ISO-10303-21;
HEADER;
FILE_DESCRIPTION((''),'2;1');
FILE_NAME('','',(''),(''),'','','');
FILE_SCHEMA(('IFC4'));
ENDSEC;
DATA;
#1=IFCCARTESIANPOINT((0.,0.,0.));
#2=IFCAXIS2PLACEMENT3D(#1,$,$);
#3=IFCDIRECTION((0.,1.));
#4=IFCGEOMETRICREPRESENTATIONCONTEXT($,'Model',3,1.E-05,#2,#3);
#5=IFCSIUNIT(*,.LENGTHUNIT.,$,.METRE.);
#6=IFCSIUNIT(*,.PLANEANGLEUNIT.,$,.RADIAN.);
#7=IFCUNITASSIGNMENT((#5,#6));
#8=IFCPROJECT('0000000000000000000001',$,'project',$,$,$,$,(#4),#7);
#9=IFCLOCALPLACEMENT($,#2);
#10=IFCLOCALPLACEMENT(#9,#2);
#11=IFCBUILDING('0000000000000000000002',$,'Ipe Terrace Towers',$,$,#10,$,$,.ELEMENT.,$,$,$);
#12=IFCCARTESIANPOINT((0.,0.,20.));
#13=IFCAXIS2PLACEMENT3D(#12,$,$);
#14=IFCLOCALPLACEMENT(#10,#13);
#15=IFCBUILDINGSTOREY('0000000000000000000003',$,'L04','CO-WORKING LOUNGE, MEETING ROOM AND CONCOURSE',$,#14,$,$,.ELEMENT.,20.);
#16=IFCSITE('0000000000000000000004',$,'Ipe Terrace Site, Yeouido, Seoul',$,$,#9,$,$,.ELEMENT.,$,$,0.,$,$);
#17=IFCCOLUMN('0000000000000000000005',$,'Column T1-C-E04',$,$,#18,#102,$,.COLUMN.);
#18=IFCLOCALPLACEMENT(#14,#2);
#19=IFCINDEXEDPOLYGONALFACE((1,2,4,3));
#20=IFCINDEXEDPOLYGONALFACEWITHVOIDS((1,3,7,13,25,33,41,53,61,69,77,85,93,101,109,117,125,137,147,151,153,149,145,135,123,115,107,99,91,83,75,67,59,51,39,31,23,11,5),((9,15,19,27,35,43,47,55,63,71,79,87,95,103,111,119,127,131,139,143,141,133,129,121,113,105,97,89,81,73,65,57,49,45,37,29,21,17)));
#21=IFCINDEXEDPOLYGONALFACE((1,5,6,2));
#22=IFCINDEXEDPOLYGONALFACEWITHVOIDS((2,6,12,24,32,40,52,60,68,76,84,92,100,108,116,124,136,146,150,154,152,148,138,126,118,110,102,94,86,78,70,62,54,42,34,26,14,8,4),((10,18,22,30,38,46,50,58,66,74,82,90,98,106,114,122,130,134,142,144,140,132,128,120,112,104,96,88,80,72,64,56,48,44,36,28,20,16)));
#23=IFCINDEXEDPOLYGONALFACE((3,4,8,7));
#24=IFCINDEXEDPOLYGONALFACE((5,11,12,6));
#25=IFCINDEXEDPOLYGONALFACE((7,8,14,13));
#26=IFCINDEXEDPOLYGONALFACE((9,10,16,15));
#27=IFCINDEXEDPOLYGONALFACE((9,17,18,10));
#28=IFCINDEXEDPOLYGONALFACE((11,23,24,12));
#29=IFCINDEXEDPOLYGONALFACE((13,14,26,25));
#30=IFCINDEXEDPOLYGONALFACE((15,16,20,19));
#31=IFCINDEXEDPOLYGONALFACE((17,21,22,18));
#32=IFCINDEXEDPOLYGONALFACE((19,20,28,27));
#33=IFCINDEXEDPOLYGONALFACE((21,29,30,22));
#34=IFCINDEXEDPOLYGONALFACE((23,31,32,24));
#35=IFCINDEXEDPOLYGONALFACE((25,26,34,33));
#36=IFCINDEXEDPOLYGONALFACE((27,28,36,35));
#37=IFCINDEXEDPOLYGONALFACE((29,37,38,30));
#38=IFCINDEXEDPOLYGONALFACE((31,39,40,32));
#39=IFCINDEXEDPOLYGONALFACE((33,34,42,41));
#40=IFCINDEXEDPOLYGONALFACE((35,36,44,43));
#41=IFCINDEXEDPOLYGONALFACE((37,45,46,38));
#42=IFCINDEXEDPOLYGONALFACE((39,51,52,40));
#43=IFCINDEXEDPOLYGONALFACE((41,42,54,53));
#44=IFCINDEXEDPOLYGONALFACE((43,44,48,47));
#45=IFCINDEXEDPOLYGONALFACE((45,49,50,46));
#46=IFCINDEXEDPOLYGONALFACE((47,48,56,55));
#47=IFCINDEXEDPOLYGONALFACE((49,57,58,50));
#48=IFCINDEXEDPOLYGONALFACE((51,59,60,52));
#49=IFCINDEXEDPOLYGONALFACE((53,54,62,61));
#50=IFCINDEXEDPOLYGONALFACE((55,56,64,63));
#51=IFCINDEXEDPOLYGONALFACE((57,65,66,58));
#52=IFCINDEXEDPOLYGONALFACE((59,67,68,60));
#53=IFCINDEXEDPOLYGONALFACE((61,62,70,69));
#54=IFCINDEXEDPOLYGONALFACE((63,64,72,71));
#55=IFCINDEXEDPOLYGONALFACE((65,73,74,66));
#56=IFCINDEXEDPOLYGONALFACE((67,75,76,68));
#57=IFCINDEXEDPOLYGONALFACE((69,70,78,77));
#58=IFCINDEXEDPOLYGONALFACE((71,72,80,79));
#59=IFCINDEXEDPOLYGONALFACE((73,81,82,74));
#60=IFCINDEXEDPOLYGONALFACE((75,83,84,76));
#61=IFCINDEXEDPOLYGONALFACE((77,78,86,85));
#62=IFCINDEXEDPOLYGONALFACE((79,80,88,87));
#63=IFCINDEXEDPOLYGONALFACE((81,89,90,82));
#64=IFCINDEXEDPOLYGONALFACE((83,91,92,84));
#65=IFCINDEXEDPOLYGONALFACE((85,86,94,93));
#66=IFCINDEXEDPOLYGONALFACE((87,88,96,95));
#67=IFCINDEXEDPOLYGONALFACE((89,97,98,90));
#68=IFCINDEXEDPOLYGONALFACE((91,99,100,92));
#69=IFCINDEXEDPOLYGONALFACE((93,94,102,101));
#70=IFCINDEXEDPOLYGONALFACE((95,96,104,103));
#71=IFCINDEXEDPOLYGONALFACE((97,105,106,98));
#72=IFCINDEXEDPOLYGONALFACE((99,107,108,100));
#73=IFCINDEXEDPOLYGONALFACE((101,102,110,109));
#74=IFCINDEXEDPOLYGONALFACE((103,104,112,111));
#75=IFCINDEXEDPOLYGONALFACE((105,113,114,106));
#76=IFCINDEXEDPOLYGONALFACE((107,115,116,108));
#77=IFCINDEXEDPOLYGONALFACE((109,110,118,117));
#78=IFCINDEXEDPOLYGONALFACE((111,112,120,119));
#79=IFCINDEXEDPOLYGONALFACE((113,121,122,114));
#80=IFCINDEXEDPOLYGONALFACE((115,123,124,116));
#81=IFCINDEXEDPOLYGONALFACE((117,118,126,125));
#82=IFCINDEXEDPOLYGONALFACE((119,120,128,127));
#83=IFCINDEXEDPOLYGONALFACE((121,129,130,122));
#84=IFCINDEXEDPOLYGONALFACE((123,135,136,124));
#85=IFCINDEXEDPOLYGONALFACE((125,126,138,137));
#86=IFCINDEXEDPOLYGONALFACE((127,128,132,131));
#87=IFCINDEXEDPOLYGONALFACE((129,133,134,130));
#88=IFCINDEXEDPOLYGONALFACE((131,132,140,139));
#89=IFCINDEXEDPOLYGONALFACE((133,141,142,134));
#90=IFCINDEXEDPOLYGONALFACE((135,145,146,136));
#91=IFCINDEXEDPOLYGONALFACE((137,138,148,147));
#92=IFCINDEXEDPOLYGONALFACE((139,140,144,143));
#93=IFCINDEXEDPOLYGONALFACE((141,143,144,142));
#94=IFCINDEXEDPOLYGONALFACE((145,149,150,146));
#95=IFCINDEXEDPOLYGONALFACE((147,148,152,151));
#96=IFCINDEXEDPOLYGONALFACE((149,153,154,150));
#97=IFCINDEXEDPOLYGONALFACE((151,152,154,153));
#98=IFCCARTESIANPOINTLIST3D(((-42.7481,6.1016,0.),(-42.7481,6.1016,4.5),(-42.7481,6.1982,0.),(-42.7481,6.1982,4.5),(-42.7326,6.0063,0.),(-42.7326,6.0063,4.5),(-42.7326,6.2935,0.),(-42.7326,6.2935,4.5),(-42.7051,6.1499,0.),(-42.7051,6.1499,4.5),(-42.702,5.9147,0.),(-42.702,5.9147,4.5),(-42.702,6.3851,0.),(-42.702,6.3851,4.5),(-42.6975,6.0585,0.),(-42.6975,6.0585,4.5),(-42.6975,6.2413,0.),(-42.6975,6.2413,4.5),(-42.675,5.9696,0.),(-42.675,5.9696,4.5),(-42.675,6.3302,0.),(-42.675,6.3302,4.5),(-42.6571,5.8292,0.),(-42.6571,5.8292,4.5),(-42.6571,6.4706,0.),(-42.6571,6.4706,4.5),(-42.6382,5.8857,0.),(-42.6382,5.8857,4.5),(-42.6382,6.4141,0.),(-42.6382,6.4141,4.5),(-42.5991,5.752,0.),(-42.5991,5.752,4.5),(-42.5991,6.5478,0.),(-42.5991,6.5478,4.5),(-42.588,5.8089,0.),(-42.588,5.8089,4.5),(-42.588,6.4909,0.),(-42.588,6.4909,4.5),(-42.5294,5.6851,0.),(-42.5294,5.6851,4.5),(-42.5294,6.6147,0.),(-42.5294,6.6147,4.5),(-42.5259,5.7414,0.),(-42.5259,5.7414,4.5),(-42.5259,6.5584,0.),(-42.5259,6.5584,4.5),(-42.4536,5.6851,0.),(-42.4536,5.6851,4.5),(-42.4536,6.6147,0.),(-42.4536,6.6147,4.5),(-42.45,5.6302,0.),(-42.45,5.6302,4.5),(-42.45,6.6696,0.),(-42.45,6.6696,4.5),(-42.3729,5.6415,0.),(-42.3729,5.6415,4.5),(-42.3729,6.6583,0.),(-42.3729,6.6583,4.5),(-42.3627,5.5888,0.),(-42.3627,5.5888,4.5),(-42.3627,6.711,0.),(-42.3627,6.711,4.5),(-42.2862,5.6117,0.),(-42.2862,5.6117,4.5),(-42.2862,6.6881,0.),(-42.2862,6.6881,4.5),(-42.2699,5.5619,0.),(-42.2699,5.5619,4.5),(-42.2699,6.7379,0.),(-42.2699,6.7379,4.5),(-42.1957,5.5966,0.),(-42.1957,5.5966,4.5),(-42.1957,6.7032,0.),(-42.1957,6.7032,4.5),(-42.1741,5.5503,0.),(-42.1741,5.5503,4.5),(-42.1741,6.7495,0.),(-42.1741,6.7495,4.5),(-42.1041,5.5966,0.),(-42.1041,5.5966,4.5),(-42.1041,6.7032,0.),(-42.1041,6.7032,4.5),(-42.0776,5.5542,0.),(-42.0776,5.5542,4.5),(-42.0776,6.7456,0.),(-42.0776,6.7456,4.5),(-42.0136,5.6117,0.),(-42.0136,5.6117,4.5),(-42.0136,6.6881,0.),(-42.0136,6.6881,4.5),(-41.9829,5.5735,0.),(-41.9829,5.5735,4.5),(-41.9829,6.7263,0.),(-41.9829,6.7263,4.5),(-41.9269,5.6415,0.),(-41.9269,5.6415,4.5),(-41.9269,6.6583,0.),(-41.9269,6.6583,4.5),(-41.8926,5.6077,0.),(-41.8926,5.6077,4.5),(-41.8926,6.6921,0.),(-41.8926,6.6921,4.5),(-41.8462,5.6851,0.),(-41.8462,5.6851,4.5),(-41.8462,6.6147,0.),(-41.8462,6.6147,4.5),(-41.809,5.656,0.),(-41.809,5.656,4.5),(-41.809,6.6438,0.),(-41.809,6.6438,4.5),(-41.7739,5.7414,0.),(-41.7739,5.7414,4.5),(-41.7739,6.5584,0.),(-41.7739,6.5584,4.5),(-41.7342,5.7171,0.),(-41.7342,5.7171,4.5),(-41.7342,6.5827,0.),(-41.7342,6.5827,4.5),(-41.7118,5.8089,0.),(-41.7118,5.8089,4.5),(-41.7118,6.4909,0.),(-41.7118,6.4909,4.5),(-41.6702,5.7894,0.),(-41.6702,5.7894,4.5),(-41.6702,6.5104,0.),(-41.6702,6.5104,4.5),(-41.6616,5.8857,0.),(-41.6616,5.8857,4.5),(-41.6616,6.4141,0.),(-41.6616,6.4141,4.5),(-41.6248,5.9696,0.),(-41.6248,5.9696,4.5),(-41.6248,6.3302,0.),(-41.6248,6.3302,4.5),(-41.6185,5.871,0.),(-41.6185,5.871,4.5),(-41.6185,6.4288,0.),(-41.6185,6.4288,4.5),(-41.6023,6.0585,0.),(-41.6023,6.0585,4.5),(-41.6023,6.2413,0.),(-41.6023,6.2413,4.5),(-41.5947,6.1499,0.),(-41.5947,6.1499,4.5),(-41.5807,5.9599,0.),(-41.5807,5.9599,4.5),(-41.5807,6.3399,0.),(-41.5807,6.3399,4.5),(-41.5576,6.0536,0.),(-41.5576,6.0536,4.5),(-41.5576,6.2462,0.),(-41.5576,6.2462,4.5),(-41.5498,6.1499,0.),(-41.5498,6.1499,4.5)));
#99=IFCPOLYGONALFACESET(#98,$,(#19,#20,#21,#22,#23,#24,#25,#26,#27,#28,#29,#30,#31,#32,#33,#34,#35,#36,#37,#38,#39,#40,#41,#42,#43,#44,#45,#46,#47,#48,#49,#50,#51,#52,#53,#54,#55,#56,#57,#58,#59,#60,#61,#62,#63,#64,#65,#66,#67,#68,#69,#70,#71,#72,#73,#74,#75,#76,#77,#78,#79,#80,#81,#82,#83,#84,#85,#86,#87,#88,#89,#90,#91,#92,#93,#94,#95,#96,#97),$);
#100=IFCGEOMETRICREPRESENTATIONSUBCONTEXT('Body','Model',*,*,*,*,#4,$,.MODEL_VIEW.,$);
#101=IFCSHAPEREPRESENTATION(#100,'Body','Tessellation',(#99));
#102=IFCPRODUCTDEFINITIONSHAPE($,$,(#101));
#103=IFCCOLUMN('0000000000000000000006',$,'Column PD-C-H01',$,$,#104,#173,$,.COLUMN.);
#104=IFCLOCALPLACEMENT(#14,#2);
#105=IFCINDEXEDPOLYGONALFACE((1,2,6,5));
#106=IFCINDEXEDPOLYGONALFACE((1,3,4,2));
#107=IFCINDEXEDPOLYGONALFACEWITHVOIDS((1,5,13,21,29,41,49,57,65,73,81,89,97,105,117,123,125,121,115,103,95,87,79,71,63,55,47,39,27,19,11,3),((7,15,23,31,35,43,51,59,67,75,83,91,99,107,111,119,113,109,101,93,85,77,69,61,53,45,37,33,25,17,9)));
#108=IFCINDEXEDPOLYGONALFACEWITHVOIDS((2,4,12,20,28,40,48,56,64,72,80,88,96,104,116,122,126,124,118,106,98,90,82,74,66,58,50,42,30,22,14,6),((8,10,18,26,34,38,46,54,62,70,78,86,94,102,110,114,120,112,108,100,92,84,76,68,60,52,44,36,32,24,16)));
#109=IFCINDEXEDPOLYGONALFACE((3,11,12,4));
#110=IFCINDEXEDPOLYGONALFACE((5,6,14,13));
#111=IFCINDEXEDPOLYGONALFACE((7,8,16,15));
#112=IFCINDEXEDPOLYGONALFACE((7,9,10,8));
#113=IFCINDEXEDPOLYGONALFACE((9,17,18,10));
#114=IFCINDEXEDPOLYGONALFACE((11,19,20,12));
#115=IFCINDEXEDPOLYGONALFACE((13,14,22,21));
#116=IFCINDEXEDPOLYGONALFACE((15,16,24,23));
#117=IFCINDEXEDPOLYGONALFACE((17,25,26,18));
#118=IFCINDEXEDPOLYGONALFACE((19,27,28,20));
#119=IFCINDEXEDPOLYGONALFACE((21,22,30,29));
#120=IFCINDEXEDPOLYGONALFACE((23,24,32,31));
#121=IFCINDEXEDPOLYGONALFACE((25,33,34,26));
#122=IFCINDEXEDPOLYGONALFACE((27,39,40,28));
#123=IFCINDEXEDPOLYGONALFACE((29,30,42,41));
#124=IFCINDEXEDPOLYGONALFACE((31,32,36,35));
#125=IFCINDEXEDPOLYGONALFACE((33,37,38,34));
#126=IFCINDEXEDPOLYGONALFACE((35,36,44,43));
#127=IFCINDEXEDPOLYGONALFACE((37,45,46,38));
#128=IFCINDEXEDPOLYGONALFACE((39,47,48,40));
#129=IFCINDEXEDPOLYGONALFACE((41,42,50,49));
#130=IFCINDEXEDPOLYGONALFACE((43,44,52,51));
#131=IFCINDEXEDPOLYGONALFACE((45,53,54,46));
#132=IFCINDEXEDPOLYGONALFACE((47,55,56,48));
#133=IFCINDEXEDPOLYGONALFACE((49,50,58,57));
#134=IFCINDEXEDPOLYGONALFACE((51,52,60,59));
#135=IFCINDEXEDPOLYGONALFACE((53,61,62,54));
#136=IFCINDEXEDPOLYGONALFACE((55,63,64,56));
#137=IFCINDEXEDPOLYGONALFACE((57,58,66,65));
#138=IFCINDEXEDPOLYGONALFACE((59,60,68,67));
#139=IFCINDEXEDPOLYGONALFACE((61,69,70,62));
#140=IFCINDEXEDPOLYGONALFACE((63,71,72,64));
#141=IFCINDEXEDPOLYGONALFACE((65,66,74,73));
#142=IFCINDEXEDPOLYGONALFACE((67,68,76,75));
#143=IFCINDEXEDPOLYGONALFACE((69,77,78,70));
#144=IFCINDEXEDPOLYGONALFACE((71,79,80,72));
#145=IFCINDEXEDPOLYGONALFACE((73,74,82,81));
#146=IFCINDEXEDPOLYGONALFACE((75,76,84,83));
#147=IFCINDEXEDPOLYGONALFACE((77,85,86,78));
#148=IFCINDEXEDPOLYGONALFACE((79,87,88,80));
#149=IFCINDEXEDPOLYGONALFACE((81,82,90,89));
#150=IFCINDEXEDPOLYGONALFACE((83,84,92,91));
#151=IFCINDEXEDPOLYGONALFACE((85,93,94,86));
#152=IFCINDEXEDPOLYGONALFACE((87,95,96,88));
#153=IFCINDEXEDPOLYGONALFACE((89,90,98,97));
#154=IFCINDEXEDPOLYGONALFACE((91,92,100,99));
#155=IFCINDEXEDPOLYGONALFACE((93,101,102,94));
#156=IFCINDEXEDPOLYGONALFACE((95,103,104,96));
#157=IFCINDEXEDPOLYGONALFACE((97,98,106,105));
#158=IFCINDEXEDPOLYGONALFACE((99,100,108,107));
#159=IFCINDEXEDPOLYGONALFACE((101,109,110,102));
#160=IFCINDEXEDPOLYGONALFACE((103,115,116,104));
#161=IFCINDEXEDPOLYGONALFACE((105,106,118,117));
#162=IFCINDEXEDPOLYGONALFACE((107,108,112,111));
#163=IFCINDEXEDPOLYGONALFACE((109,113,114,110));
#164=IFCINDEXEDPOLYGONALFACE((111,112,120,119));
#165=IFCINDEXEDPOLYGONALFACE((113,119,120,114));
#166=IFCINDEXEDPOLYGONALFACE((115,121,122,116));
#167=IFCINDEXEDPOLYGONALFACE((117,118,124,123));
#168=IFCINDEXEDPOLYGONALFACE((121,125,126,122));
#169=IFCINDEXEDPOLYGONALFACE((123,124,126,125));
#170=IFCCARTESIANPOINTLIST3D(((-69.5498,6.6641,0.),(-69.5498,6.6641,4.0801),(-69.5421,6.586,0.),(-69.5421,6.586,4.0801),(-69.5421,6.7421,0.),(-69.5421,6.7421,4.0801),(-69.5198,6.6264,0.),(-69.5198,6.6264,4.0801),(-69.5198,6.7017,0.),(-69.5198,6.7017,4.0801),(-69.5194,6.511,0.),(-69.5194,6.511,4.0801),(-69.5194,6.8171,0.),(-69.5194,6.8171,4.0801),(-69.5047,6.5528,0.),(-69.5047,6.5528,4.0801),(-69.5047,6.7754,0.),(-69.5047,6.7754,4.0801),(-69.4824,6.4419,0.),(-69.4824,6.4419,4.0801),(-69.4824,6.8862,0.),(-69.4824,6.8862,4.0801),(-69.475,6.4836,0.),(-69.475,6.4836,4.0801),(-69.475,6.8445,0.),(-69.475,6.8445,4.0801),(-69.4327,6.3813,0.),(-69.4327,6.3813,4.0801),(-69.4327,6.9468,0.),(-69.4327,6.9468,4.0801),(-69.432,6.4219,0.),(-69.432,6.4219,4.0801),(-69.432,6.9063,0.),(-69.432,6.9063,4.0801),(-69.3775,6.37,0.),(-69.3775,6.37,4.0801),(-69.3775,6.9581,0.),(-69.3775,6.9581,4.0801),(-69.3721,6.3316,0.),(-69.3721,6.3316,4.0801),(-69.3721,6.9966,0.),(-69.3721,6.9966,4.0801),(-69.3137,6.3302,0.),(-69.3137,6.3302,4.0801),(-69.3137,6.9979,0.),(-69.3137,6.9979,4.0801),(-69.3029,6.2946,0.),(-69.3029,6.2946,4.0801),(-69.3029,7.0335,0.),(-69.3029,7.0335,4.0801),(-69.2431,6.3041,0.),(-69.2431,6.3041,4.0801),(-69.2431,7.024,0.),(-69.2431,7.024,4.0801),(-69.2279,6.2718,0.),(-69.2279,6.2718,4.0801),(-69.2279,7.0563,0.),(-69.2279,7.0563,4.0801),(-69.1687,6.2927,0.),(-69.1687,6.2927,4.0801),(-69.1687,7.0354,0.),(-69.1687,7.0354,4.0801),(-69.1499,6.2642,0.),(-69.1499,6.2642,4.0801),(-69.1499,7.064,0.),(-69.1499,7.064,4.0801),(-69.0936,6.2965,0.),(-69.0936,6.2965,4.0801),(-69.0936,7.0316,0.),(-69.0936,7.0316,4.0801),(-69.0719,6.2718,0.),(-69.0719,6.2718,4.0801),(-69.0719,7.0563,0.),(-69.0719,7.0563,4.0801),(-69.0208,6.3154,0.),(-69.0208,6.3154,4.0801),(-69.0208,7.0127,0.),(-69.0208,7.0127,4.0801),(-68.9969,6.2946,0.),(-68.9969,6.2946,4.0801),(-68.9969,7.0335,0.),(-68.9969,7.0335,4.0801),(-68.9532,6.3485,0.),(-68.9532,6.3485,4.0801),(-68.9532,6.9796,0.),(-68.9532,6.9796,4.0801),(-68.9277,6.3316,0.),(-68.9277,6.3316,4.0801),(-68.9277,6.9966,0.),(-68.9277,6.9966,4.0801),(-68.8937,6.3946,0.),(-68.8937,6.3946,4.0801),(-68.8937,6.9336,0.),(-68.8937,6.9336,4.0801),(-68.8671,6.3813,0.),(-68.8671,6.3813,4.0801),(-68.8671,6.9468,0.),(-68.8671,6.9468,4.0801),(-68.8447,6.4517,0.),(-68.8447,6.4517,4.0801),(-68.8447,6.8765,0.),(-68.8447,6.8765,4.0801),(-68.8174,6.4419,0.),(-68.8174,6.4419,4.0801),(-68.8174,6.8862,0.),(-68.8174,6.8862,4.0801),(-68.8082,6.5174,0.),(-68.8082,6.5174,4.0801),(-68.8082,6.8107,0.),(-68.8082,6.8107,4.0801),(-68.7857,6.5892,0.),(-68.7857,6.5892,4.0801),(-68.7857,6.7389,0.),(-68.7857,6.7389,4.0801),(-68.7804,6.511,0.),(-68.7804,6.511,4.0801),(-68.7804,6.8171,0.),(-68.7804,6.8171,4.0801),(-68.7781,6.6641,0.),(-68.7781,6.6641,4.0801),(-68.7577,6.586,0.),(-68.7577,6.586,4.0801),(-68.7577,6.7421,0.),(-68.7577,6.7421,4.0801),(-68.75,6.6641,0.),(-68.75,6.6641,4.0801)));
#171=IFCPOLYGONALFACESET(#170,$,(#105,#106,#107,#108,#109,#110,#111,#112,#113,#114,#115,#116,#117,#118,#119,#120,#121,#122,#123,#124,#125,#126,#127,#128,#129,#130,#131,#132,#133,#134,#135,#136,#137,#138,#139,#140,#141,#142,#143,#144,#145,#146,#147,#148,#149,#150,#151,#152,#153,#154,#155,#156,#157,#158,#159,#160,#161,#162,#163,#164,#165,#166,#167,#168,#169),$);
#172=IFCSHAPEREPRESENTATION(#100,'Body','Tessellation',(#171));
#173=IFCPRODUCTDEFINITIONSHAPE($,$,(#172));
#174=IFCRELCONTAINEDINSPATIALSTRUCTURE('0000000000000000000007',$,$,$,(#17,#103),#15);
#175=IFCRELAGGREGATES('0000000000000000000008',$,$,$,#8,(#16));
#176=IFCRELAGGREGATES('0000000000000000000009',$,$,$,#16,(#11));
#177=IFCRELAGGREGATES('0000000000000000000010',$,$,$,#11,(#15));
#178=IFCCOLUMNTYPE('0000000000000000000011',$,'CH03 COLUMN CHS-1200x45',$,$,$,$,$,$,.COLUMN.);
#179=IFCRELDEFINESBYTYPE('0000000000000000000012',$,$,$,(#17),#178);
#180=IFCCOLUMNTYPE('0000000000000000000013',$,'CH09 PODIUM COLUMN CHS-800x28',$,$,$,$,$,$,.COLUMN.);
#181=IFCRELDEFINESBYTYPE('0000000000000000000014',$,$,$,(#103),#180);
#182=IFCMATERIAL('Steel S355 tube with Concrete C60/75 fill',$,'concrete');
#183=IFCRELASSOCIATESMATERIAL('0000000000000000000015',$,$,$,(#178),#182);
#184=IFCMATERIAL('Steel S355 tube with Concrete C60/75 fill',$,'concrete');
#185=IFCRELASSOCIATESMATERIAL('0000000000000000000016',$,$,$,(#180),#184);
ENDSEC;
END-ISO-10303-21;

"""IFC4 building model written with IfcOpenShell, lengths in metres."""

from ifc_helpers import new_model, si_unit, direction, frame, origin, origin_2d, place, context, subcontext, project, spatial, hollow_circle, extrude, material, material_profile, profile_set, type_object, element, save


model = new_model("IFC4")

# Units and contexts
model_context = context("Model", 3, precision=1e-05, world=origin(), true_north=direction((0.0, 1.0)))
body_context = subcontext(model_context, "Body", "Model", "MODEL_VIEW")
ifc_project = project(units=[si_unit("LENGTHUNIT", "METRE"), si_unit("PLANEANGLEUNIT", "RADIAN")], contexts=[model_context])

# Site, building, storey
site_placement = place(None, origin())
site = spatial("IfcSite", under=ifc_project, at=site_placement, Name="Ipe Terrace Site, Yeouido, Seoul", CompositionType="ELEMENT", RefElevation=0.0)
building_placement = place(site_placement, origin())
building = spatial("IfcBuilding", under=site, at=building_placement, Name="Ipe Terrace Towers", CompositionType="ELEMENT")
storey_placement = place(building_placement, frame((0.0, 0.0, 20.0)))
storey = spatial("IfcBuildingStorey", under=building, at=storey_placement, Name="L04", Description="CO-WORKING LOUNGE, MEETING ROOM AND CONCOURSE", CompositionType="ELEMENT", Elevation=20.0)

# Columns
ifc_material_1 = material(Name="Steel S355 tube with Concrete C60/75 fill", Category="concrete")
ifc_material_profile_1 = material_profile(ifc_material_1, hollow_circle(Radius=0.6001, WallThickness=0.0449, at=origin_2d()), Name="CHS-1200x45")
ifc_profile_set_1 = profile_set([ifc_material_profile_1], Name="Steel S355 tube with Concrete C60/75 fill")
column_type_1 = type_object("IfcColumnType", Name="CH03 COLUMN CHS-1200x45", PredefinedType="COLUMN", material=ifc_profile_set_1)
column_placement = place(storey_placement, frame((-42.1499, 6.1499, 0.0), z_axis=(0.0, 0.0, 1.0), x_axis=(1.0, 0.0, 0.0)))
element("IfcColumn", 1, at=column_placement, inside=storey, type_object=column_type_1, Name="Column T1-C-E04", PredefinedType="COLUMN", context=body_context, shape_type="SweptSolid", body=[
    extrude(hollow_circle(Radius=0.6001, WallThickness=0.0449, at=origin_2d()), origin(), (0.0, 0.0, 1.0), 4.5),
])
ifc_material_2 = material(Name="Steel S355 tube with Concrete C60/75 fill", Category="concrete")
ifc_material_profile_2 = material_profile(ifc_material_2, hollow_circle(Radius=0.3999, WallThickness=0.0281, at=origin_2d()), Name="CHS-800x28")
ifc_profile_set_2 = profile_set([ifc_material_profile_2], Name="Steel S355 tube with Concrete C60/75 fill")
column_type_2 = type_object("IfcColumnType", Name="CH09 PODIUM COLUMN CHS-800x28", PredefinedType="COLUMN", material=ifc_profile_set_2)
for number, where, z_axis, x_axis, name in (
    (2, (-69.1499, 6.6641, 0.0), (0.0, 0.0, 1.0), (1.0, 0.0, 0.0), "Column PD-C-H01"),
):
    element("IfcColumn", number, at=place(storey_placement, frame(where, z_axis=z_axis, x_axis=x_axis)), inside=storey, type_object=column_type_2, Name=name, PredefinedType="COLUMN", context=body_context, shape_type="SweptSolid", body=[
        extrude(hollow_circle(Radius=0.3999, WallThickness=0.0281, at=origin_2d()), origin(), (0.0, 0.0, 1.0), 4.0801),
    ])

save(model, "model.ifc")
